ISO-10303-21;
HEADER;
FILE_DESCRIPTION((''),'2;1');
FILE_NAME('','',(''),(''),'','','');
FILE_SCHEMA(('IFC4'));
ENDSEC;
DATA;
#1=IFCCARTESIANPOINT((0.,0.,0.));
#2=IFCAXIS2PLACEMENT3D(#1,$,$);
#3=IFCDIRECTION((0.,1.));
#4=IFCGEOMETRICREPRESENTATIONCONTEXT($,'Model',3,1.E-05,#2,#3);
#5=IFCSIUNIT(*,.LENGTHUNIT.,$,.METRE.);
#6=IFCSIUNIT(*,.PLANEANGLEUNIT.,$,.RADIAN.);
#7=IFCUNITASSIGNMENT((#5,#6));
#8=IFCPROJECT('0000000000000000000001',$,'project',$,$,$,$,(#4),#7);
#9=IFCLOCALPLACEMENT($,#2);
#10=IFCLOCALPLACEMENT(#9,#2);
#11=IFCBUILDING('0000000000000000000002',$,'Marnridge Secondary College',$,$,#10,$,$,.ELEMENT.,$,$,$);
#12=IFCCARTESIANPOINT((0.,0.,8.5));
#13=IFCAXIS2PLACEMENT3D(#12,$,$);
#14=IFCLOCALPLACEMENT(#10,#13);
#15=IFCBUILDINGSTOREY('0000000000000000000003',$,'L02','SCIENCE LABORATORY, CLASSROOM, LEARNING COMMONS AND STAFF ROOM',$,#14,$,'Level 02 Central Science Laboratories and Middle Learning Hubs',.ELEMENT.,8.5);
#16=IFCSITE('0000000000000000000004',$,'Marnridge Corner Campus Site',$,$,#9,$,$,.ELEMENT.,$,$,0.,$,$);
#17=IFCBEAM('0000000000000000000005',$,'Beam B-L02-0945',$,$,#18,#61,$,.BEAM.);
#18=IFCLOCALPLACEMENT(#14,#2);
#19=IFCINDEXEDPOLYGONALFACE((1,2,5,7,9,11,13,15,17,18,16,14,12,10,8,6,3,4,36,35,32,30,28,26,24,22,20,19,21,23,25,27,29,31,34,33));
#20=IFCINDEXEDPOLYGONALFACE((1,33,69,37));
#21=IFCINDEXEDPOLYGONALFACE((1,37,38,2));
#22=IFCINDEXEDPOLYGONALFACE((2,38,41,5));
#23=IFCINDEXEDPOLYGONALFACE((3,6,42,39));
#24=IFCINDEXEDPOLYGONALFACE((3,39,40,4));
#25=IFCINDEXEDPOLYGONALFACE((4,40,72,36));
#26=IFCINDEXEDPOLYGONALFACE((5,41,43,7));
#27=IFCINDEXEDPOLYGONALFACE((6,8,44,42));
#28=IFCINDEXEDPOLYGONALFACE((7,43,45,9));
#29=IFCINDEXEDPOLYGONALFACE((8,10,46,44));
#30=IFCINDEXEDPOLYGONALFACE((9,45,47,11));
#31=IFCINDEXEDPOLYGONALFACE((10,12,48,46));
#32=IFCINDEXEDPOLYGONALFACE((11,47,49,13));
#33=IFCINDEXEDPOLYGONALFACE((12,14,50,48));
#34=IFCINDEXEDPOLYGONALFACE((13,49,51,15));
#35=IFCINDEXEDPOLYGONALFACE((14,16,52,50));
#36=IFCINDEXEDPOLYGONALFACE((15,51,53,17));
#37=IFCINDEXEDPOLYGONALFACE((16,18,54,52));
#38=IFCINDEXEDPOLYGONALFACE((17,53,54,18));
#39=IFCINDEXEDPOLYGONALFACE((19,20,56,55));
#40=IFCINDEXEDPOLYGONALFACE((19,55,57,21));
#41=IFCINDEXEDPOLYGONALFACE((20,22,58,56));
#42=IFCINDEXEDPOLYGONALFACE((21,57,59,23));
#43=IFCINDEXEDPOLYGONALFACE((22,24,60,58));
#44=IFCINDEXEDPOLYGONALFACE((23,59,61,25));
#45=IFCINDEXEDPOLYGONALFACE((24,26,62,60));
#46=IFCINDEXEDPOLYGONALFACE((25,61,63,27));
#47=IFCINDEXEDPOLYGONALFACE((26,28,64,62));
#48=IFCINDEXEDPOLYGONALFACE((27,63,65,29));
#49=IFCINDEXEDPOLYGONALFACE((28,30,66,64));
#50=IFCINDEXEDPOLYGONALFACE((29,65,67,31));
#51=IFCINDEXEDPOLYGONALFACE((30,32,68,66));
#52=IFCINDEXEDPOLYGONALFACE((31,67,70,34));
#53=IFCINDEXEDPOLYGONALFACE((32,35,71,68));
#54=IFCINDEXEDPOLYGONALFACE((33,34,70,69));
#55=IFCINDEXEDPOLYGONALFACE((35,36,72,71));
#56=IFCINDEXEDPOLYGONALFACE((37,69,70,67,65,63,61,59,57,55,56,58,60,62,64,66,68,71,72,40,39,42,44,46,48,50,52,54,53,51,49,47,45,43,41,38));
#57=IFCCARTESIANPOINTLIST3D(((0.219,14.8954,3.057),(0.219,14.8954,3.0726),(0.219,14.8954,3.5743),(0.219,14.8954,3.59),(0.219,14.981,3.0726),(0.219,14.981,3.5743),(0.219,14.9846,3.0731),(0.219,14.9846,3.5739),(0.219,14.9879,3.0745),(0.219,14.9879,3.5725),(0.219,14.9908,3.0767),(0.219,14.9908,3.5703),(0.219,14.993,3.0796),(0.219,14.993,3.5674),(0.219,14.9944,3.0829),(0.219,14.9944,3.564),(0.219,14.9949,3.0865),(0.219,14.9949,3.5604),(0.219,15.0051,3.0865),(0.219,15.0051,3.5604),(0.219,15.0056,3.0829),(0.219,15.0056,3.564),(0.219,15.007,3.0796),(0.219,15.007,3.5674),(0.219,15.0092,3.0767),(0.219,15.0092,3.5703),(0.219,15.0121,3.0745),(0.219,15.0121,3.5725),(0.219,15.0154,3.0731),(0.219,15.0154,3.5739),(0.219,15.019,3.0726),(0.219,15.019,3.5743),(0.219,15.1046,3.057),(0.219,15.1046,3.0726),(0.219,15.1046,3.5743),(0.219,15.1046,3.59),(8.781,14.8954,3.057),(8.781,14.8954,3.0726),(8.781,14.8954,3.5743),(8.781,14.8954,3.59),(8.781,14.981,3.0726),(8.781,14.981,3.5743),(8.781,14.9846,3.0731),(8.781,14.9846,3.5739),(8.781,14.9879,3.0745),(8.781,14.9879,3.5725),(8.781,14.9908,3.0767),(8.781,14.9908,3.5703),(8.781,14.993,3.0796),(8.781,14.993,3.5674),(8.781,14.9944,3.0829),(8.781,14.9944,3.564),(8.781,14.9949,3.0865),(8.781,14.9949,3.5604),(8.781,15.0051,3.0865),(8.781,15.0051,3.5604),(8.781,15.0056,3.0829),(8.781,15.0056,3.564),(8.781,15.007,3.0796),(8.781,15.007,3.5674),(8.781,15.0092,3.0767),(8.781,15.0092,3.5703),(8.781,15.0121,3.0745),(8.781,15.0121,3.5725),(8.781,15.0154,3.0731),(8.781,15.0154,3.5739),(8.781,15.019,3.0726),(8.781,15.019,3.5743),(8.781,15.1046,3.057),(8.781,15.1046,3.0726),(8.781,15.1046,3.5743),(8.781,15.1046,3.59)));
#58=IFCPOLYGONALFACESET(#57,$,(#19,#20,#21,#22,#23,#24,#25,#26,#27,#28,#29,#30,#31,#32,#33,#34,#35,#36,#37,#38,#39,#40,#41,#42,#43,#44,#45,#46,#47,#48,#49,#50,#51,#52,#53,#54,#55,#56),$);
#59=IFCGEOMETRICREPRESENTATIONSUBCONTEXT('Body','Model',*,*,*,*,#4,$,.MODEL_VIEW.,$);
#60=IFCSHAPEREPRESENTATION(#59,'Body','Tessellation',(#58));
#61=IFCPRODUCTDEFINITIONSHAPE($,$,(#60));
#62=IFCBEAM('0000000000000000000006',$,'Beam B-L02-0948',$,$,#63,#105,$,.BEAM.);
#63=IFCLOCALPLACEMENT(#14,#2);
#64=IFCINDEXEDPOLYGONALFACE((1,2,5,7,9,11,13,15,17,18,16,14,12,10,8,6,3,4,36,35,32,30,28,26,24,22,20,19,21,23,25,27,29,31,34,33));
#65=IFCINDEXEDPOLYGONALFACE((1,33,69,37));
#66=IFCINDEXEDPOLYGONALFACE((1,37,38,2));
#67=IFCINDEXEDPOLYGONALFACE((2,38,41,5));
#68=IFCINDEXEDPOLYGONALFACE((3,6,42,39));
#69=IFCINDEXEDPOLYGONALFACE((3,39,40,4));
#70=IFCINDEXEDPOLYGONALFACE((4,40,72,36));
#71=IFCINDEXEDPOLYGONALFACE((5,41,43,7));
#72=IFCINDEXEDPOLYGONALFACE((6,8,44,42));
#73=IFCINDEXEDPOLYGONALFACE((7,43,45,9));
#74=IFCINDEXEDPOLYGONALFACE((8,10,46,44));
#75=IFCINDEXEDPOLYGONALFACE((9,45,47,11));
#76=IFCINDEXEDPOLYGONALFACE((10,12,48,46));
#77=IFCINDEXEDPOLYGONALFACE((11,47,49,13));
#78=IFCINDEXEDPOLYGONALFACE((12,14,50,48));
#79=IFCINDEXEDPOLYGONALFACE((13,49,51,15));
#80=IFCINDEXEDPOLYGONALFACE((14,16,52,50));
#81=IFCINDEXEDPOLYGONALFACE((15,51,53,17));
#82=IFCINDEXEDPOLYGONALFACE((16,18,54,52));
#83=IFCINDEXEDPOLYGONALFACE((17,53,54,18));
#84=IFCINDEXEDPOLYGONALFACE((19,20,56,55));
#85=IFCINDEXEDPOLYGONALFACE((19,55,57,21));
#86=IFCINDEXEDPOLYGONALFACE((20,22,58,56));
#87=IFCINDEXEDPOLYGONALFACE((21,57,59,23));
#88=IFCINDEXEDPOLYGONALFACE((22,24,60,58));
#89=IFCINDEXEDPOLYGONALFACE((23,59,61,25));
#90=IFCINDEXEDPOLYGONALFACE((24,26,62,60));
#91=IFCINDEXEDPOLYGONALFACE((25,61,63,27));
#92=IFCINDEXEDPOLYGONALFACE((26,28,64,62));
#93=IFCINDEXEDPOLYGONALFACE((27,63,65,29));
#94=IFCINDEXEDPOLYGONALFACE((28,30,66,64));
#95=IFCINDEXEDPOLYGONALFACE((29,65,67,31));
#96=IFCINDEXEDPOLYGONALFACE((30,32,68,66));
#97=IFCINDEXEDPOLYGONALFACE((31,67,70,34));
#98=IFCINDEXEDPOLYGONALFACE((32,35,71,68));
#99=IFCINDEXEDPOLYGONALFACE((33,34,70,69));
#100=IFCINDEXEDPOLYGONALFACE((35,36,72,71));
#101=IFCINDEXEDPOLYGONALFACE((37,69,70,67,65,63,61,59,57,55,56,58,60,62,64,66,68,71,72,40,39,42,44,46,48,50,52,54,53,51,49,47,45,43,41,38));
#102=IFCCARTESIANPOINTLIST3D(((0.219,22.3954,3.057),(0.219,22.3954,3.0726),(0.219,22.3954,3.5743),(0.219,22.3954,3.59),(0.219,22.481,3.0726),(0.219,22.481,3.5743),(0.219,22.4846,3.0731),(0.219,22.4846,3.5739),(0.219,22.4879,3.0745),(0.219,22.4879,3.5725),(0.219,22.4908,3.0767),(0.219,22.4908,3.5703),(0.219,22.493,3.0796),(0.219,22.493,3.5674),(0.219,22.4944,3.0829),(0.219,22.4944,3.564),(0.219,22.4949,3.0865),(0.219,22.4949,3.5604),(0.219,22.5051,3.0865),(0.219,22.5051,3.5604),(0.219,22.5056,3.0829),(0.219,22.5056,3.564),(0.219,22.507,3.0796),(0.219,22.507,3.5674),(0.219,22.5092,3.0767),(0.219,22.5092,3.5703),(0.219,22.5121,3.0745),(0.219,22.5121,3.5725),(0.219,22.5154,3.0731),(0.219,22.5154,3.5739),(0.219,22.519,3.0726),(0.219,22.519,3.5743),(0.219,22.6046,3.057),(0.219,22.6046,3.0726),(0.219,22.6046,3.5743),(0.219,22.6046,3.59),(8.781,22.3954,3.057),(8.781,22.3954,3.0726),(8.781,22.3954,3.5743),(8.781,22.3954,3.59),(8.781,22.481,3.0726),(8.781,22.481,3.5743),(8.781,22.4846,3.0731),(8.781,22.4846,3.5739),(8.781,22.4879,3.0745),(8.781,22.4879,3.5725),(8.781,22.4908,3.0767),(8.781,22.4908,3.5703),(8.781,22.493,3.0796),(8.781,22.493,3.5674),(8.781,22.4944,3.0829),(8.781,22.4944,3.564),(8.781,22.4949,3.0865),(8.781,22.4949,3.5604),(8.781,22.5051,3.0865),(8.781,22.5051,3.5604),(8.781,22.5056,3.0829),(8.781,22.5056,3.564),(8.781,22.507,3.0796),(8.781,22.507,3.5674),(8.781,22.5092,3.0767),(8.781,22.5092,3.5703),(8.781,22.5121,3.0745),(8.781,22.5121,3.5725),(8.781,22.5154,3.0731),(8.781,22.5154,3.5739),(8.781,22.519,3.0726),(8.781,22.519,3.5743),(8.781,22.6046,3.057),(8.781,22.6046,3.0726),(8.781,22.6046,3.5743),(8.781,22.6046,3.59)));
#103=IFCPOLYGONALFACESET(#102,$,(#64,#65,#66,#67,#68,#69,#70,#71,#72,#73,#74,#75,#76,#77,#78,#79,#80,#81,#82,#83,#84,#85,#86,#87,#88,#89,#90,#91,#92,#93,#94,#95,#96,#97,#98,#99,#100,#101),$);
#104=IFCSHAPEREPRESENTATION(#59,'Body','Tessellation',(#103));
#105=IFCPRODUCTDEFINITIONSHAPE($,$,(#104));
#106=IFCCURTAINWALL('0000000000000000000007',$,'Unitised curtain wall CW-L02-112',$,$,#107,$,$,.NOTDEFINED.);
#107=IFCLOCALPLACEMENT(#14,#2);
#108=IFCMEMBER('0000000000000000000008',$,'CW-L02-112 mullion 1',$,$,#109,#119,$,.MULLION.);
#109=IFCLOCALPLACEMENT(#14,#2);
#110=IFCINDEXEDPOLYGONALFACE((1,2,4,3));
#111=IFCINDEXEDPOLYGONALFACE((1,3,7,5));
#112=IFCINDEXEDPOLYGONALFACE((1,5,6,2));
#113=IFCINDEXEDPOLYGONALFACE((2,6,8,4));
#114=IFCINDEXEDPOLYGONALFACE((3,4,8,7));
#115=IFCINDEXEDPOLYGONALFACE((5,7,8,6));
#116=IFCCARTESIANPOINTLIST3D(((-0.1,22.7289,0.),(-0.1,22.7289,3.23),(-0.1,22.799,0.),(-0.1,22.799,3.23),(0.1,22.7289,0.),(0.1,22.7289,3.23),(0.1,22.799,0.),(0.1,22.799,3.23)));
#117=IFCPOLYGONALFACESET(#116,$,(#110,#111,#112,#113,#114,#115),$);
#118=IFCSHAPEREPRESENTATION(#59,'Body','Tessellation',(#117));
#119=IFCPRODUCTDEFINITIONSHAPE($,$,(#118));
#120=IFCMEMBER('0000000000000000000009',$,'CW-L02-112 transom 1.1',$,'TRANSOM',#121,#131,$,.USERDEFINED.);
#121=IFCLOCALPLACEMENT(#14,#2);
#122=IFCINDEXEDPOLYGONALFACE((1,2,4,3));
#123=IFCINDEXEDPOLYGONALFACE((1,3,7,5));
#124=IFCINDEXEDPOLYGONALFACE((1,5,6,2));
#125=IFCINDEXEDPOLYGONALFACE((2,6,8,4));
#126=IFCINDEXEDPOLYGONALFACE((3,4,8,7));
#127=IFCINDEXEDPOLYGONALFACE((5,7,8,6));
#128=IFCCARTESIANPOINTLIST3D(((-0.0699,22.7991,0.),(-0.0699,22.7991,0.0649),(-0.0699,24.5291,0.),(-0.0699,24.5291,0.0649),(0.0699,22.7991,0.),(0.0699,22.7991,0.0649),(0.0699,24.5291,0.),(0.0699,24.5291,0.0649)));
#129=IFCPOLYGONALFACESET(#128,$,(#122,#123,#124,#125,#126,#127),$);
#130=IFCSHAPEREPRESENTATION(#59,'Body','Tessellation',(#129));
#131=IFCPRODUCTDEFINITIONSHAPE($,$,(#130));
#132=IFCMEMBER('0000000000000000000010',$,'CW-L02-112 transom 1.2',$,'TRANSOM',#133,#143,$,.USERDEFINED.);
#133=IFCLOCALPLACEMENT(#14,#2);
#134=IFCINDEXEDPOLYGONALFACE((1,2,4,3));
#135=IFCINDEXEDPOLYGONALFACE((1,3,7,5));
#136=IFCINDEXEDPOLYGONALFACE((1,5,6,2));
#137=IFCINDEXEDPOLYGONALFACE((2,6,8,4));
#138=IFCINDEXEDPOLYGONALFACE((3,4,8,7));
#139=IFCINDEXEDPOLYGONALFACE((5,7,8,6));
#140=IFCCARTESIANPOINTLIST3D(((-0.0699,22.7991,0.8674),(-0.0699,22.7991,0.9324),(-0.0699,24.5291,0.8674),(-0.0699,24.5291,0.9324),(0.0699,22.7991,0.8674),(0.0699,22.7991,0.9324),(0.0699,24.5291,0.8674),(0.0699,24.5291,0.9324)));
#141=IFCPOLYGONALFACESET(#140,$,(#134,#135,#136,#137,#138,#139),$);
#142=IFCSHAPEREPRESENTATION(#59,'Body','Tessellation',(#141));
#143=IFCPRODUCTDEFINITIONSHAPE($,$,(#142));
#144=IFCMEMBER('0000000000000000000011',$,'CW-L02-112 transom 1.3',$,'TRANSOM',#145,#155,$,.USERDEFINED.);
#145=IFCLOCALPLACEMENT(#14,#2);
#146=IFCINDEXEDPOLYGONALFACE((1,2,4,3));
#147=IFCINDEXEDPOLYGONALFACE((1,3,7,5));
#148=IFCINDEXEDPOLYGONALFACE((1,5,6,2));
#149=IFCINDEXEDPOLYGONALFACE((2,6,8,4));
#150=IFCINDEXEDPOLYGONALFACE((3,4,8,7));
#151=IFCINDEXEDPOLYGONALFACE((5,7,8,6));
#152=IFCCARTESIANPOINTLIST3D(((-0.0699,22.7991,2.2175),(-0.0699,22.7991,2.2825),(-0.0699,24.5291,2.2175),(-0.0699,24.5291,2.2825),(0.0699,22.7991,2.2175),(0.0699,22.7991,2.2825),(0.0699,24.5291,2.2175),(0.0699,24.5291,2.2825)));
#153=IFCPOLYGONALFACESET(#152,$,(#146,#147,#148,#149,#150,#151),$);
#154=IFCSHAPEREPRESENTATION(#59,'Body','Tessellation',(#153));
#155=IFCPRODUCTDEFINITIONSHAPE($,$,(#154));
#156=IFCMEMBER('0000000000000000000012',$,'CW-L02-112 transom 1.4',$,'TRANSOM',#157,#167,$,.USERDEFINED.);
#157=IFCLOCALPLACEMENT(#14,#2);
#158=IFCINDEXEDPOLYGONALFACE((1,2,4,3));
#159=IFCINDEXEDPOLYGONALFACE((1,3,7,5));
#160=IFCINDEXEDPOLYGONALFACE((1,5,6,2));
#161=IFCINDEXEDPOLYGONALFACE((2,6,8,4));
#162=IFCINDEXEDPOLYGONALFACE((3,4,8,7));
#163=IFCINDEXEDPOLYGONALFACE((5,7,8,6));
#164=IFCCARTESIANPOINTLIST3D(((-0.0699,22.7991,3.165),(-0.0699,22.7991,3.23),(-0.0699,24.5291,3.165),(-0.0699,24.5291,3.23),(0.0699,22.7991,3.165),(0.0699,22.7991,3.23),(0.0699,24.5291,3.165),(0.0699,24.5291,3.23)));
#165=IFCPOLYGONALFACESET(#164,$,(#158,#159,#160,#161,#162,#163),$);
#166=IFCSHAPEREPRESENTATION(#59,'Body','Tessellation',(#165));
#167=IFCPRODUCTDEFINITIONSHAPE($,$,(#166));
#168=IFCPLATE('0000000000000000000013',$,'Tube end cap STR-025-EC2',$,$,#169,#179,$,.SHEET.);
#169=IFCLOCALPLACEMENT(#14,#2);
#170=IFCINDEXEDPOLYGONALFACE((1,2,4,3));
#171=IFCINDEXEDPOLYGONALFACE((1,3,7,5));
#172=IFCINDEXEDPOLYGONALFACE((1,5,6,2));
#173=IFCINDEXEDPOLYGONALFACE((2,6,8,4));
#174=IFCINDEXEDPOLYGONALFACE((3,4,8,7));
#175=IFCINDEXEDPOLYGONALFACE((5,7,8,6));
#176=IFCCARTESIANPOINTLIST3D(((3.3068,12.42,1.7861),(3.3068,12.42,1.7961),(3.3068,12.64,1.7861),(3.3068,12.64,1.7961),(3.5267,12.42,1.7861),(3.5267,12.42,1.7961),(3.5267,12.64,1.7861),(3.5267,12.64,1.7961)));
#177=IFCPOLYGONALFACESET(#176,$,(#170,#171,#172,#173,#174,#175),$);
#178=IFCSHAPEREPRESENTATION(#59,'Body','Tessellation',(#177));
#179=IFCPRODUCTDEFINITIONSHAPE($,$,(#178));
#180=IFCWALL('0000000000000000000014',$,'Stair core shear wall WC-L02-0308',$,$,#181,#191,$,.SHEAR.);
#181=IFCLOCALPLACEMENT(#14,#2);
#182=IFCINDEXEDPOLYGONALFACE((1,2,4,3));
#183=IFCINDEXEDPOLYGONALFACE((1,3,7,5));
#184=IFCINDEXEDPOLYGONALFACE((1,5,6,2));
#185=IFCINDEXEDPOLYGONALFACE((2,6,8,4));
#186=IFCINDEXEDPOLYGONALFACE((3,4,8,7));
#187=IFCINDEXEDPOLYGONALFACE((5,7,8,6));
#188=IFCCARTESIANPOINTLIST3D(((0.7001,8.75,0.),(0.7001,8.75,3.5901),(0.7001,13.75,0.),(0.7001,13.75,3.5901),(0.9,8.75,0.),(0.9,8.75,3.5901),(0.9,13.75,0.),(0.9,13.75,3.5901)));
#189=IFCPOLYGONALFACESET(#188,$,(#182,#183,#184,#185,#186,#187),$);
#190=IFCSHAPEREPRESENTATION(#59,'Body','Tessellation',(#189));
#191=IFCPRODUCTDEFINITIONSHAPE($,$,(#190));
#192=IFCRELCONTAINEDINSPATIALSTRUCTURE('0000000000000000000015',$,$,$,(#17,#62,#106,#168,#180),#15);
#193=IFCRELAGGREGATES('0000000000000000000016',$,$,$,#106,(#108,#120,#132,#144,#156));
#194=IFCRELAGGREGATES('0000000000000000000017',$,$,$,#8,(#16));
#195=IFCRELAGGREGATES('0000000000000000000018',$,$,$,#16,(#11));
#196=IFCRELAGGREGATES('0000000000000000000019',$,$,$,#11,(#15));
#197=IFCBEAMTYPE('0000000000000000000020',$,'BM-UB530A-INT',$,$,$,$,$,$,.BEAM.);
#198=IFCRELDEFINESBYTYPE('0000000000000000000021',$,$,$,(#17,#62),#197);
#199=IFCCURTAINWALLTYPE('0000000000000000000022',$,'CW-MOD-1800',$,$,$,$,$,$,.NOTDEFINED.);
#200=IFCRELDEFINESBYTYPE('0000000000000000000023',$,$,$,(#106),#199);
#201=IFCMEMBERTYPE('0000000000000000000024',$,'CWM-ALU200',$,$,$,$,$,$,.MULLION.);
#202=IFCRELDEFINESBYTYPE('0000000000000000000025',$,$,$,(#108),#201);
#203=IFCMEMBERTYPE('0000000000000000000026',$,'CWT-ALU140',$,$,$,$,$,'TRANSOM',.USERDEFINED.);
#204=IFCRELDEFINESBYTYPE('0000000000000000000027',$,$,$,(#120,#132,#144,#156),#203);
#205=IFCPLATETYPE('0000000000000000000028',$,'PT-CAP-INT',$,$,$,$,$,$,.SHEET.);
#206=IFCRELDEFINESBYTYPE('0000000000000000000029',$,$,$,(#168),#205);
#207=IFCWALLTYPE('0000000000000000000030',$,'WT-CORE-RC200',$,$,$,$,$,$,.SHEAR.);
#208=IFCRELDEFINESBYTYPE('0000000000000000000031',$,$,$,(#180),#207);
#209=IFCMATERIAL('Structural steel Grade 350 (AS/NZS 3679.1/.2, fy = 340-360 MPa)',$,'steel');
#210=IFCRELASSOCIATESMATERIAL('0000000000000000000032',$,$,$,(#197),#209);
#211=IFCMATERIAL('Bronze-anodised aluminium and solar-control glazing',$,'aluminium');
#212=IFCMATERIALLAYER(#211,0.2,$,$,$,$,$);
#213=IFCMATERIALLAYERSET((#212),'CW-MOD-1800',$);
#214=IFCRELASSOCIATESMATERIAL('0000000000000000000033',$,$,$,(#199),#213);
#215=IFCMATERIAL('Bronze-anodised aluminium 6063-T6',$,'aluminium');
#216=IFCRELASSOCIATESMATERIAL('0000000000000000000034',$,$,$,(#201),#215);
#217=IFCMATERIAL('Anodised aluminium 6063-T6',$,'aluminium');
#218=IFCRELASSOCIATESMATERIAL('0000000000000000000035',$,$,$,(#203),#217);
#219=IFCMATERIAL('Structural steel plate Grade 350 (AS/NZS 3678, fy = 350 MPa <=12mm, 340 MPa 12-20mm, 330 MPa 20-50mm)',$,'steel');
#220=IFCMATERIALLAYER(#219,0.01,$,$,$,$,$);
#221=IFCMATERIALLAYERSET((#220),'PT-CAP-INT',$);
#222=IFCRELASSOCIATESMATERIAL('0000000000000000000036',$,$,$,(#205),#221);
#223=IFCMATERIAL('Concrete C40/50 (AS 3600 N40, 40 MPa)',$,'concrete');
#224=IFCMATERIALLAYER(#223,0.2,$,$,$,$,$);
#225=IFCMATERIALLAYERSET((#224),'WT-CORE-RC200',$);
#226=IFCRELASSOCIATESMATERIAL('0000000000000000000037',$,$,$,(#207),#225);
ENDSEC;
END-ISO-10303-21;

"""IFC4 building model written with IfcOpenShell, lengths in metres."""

from ifc_helpers import new_model, si_unit, direction, frame, frame_2d, origin, origin_2d, place, context, subcontext, project, spatial, rectangle, i_section, extrude, material, layer, layer_set, material_profile, profile_set, type_object, element, aggregate, save


model = new_model("IFC4")

# Units and contexts
model_context = context("Model", 3, precision=1e-05, world=origin(), true_north=direction((0.0, 1.0)))
body_context = subcontext(model_context, "Body", "Model", "MODEL_VIEW")
ifc_project = project(units=[si_unit("LENGTHUNIT", "METRE"), si_unit("PLANEANGLEUNIT", "RADIAN")], contexts=[model_context])

# Site, building, storey
site_placement = place(None, origin())
site = spatial("IfcSite", under=ifc_project, at=site_placement, Name="Marnridge Corner Campus Site", CompositionType="ELEMENT", RefElevation=0.0)
building_placement = place(site_placement, origin())
building = spatial("IfcBuilding", under=site, at=building_placement, Name="Marnridge Secondary College", CompositionType="ELEMENT")
storey_placement = place(building_placement, frame((0.0, 0.0, 8.5)))
storey = spatial("IfcBuildingStorey", under=building, at=storey_placement, Name="L02", Description="SCIENCE LABORATORY, CLASSROOM, LEARNING COMMONS AND STAFF ROOM", LongName="Level 02 Central Science Laboratories and Middle Learning Hubs", CompositionType="ELEMENT", Elevation=8.5)

# Beams
ifc_material_1 = material(Name="Structural steel Grade 350 (AS/NZS 3679.1/.2, fy = 340-360 MPa)", Category="steel")
ifc_material_profile_1 = material_profile(ifc_material_1, i_section(OverallWidth=0.2092, OverallDepth=0.533, WebThickness=0.0103, FlangeThickness=0.0156, FilletRadius=0.0139, at=origin_2d()), Name="530UB92.4")
ifc_profile_set_1 = profile_set([ifc_material_profile_1], Name="Structural steel Grade 350 (AS/NZS 3679.1/.2, fy = 340-360 MPa)")
beam_type_1 = type_object("IfcBeamType", Name="BM-UB530A-INT", PredefinedType="BEAM", material=ifc_profile_set_1)
for number, where, z_axis, x_axis, name in (
    (1, (0.219, 15.0, 3.3235), (1.0, 0.0, 0.0), (0.0, 1.0, 0.0), "Beam B-L02-0945"),
    (2, (0.219, 22.5, 3.3235), (1.0, 0.0, 0.0), (0.0, 1.0, 0.0), "Beam B-L02-0948"),
):
    element("IfcBeam", number, at=place(storey_placement, frame(where, z_axis=z_axis, x_axis=x_axis)), inside=storey, type_object=beam_type_1, Name=name, PredefinedType="BEAM", context=body_context, shape_type="SweptSolid", body=[
        extrude(i_section(OverallWidth=0.2092, OverallDepth=0.533, WebThickness=0.0103, FlangeThickness=0.0156, FilletRadius=0.0139, at=origin_2d()), origin(), (0.0, 0.0, 1.0), 8.562),
    ])

# Curtain wall, members
ifc_material_2 = material(Name="Bronze-anodised aluminium and solar-control glazing", Category="aluminium")
ifc_layer_1 = layer(ifc_material_2, 0.2)
ifc_layer_set_1 = layer_set([ifc_layer_1], Name="CW-MOD-1800")
curtain_wall_type = type_object("IfcCurtainWallType", Name="CW-MOD-1800", PredefinedType="NOTDEFINED", material=ifc_layer_set_1)
curtain_wall_placement = place(storey_placement, origin())
curtain_wall = element("IfcCurtainWall", 3, at=curtain_wall_placement, inside=storey, type_object=curtain_wall_type, Name="Unitised curtain wall CW-L02-112", PredefinedType="NOTDEFINED")
ifc_material_3 = material(Name="Bronze-anodised aluminium 6063-T6", Category="aluminium")
ifc_material_profile_2 = material_profile(ifc_material_3, rectangle(XDim=0.0701, YDim=0.2, at=origin_2d()), Name="ALU 70x200")
ifc_profile_set_2 = profile_set([ifc_material_profile_2], Name="Bronze-anodised aluminium 6063-T6")
member_type_1 = type_object("IfcMemberType", Name="CWM-ALU200", PredefinedType="MULLION", material=ifc_profile_set_2)
member_1_placement = place(storey_placement, frame((0.0, 22.7639, 0.0), z_axis=(0.0, 0.0, 1.0), x_axis=(0.0, 1.0, 0.0)))
member_1 = element("IfcMember", 4, at=member_1_placement, type_object=member_type_1, Name="CW-L02-112 mullion 1", PredefinedType="MULLION", context=body_context, shape_type="SweptSolid", body=[
    extrude(rectangle(XDim=0.0701, YDim=0.2, at=origin_2d()), origin(), (0.0, 0.0, 1.0), 3.23),
])
ifc_material_4 = material(Name="Anodised aluminium 6063-T6", Category="aluminium")
ifc_material_profile_3 = material_profile(ifc_material_4, rectangle(XDim=0.0649, YDim=0.1399, at=origin_2d()), Name="ALU 65x140")
ifc_profile_set_3 = profile_set([ifc_material_profile_3], Name="Anodised aluminium 6063-T6")
member_type_2 = type_object("IfcMemberType", Name="CWT-ALU140", ElementType="TRANSOM", PredefinedType="USERDEFINED", material=ifc_profile_set_3)
member_2_placement = place(storey_placement, frame((0.0, 22.7991, 0.0325), z_axis=(0.0, 1.0, 0.0), x_axis=(0.0, 0.0, 1.0)))
member_2 = element("IfcMember", 5, at=member_2_placement, type_object=member_type_2, Name="CW-L02-112 transom 1.1", ObjectType="TRANSOM", PredefinedType="USERDEFINED", context=body_context, shape_type="SweptSolid", body=[
    extrude(rectangle(XDim=0.0649, YDim=0.1399, at=origin_2d()), origin(), (0.0, 0.0, 1.0), 1.73),
])
member_3_placement = place(storey_placement, frame((0.0, 22.7991, 0.8999), z_axis=(0.0, 1.0, 0.0), x_axis=(0.0, 0.0, 1.0)))
member_3 = element("IfcMember", 6, at=member_3_placement, type_object=member_type_2, Name="CW-L02-112 transom 1.2", ObjectType="TRANSOM", PredefinedType="USERDEFINED", context=body_context, shape_type="SweptSolid", body=[
    extrude(rectangle(XDim=0.0649, YDim=0.1399, at=origin_2d()), origin(), (0.0, 0.0, 1.0), 1.73),
])
member_4_placement = place(storey_placement, frame((0.0, 22.7991, 2.25), z_axis=(0.0, 1.0, 0.0), x_axis=(0.0, 0.0, 1.0)))
member_4 = element("IfcMember", 7, at=member_4_placement, type_object=member_type_2, Name="CW-L02-112 transom 1.3", ObjectType="TRANSOM", PredefinedType="USERDEFINED", context=body_context, shape_type="SweptSolid", body=[
    extrude(rectangle(XDim=0.0649, YDim=0.1399, at=origin_2d()), origin(), (0.0, 0.0, 1.0), 1.73),
])
member_5_placement = place(storey_placement, frame((0.0, 22.7991, 3.1975), z_axis=(0.0, 1.0, 0.0), x_axis=(0.0, 0.0, 1.0)))
member_5 = element("IfcMember", 8, at=member_5_placement, type_object=member_type_2, Name="CW-L02-112 transom 1.4", ObjectType="TRANSOM", PredefinedType="USERDEFINED", context=body_context, shape_type="SweptSolid", body=[
    extrude(rectangle(XDim=0.0649, YDim=0.1399, at=origin_2d()), origin(), (0.0, 0.0, 1.0), 1.73),
])
aggregate(curtain_wall, [member_1, member_2, member_3, member_4, member_5])

# Plate
ifc_material_5 = material(Name="Structural steel plate Grade 350 (AS/NZS 3678, fy = 350 MPa <=12mm, 340 MPa 12-20mm, 330 MPa 20-50mm)", Category="steel")
ifc_layer_2 = layer(ifc_material_5, 0.01)
ifc_layer_set_2 = layer_set([ifc_layer_2], Name="PT-CAP-INT")
plate_type = type_object("IfcPlateType", Name="PT-CAP-INT", PredefinedType="SHEET", material=ifc_layer_set_2)
plate_placement = place(storey_placement, frame((3.4167, 12.53, 1.7861), z_axis=(0.0, 0.0, 1.0), x_axis=(-1.0, 0.0, 0.0)))
element("IfcPlate", 9, at=plate_placement, inside=storey, type_object=plate_type, Name="Tube end cap STR-025-EC2", PredefinedType="SHEET", context=body_context, shape_type="SweptSolid", body=[
    extrude(rectangle(XDim=0.22, YDim=0.22, at=origin_2d()), origin(), (0.0, 0.0, 1.0), 0.01),
])

# Wall
ifc_material_6 = material(Name="Concrete C40/50 (AS 3600 N40, 40 MPa)", Category="concrete")
ifc_layer_3 = layer(ifc_material_6, 0.2)
ifc_layer_set_3 = layer_set([ifc_layer_3], Name="WT-CORE-RC200")
wall_type_1 = type_object("IfcWallType", Name="WT-CORE-RC200", PredefinedType="SHEAR", material=ifc_layer_set_3)
wall_1_placement = place(storey_placement, frame((0.8, 13.75, 0.0), z_axis=(0.0, 0.0, 1.0), x_axis=(0.0, -1.0, 0.0)))
element("IfcWall", 10, at=wall_1_placement, inside=storey, type_object=wall_type_1, Name="Stair core shear wall WC-L02-0308", PredefinedType="SHEAR", context=body_context, shape_type="SweptSolid", body=[
    extrude(rectangle(XDim=5.0, YDim=0.2, at=frame_2d((2.5, 0.0))), origin(), (0.0, 0.0, 1.0), 3.5901),
])

save(model, "model.ifc")
